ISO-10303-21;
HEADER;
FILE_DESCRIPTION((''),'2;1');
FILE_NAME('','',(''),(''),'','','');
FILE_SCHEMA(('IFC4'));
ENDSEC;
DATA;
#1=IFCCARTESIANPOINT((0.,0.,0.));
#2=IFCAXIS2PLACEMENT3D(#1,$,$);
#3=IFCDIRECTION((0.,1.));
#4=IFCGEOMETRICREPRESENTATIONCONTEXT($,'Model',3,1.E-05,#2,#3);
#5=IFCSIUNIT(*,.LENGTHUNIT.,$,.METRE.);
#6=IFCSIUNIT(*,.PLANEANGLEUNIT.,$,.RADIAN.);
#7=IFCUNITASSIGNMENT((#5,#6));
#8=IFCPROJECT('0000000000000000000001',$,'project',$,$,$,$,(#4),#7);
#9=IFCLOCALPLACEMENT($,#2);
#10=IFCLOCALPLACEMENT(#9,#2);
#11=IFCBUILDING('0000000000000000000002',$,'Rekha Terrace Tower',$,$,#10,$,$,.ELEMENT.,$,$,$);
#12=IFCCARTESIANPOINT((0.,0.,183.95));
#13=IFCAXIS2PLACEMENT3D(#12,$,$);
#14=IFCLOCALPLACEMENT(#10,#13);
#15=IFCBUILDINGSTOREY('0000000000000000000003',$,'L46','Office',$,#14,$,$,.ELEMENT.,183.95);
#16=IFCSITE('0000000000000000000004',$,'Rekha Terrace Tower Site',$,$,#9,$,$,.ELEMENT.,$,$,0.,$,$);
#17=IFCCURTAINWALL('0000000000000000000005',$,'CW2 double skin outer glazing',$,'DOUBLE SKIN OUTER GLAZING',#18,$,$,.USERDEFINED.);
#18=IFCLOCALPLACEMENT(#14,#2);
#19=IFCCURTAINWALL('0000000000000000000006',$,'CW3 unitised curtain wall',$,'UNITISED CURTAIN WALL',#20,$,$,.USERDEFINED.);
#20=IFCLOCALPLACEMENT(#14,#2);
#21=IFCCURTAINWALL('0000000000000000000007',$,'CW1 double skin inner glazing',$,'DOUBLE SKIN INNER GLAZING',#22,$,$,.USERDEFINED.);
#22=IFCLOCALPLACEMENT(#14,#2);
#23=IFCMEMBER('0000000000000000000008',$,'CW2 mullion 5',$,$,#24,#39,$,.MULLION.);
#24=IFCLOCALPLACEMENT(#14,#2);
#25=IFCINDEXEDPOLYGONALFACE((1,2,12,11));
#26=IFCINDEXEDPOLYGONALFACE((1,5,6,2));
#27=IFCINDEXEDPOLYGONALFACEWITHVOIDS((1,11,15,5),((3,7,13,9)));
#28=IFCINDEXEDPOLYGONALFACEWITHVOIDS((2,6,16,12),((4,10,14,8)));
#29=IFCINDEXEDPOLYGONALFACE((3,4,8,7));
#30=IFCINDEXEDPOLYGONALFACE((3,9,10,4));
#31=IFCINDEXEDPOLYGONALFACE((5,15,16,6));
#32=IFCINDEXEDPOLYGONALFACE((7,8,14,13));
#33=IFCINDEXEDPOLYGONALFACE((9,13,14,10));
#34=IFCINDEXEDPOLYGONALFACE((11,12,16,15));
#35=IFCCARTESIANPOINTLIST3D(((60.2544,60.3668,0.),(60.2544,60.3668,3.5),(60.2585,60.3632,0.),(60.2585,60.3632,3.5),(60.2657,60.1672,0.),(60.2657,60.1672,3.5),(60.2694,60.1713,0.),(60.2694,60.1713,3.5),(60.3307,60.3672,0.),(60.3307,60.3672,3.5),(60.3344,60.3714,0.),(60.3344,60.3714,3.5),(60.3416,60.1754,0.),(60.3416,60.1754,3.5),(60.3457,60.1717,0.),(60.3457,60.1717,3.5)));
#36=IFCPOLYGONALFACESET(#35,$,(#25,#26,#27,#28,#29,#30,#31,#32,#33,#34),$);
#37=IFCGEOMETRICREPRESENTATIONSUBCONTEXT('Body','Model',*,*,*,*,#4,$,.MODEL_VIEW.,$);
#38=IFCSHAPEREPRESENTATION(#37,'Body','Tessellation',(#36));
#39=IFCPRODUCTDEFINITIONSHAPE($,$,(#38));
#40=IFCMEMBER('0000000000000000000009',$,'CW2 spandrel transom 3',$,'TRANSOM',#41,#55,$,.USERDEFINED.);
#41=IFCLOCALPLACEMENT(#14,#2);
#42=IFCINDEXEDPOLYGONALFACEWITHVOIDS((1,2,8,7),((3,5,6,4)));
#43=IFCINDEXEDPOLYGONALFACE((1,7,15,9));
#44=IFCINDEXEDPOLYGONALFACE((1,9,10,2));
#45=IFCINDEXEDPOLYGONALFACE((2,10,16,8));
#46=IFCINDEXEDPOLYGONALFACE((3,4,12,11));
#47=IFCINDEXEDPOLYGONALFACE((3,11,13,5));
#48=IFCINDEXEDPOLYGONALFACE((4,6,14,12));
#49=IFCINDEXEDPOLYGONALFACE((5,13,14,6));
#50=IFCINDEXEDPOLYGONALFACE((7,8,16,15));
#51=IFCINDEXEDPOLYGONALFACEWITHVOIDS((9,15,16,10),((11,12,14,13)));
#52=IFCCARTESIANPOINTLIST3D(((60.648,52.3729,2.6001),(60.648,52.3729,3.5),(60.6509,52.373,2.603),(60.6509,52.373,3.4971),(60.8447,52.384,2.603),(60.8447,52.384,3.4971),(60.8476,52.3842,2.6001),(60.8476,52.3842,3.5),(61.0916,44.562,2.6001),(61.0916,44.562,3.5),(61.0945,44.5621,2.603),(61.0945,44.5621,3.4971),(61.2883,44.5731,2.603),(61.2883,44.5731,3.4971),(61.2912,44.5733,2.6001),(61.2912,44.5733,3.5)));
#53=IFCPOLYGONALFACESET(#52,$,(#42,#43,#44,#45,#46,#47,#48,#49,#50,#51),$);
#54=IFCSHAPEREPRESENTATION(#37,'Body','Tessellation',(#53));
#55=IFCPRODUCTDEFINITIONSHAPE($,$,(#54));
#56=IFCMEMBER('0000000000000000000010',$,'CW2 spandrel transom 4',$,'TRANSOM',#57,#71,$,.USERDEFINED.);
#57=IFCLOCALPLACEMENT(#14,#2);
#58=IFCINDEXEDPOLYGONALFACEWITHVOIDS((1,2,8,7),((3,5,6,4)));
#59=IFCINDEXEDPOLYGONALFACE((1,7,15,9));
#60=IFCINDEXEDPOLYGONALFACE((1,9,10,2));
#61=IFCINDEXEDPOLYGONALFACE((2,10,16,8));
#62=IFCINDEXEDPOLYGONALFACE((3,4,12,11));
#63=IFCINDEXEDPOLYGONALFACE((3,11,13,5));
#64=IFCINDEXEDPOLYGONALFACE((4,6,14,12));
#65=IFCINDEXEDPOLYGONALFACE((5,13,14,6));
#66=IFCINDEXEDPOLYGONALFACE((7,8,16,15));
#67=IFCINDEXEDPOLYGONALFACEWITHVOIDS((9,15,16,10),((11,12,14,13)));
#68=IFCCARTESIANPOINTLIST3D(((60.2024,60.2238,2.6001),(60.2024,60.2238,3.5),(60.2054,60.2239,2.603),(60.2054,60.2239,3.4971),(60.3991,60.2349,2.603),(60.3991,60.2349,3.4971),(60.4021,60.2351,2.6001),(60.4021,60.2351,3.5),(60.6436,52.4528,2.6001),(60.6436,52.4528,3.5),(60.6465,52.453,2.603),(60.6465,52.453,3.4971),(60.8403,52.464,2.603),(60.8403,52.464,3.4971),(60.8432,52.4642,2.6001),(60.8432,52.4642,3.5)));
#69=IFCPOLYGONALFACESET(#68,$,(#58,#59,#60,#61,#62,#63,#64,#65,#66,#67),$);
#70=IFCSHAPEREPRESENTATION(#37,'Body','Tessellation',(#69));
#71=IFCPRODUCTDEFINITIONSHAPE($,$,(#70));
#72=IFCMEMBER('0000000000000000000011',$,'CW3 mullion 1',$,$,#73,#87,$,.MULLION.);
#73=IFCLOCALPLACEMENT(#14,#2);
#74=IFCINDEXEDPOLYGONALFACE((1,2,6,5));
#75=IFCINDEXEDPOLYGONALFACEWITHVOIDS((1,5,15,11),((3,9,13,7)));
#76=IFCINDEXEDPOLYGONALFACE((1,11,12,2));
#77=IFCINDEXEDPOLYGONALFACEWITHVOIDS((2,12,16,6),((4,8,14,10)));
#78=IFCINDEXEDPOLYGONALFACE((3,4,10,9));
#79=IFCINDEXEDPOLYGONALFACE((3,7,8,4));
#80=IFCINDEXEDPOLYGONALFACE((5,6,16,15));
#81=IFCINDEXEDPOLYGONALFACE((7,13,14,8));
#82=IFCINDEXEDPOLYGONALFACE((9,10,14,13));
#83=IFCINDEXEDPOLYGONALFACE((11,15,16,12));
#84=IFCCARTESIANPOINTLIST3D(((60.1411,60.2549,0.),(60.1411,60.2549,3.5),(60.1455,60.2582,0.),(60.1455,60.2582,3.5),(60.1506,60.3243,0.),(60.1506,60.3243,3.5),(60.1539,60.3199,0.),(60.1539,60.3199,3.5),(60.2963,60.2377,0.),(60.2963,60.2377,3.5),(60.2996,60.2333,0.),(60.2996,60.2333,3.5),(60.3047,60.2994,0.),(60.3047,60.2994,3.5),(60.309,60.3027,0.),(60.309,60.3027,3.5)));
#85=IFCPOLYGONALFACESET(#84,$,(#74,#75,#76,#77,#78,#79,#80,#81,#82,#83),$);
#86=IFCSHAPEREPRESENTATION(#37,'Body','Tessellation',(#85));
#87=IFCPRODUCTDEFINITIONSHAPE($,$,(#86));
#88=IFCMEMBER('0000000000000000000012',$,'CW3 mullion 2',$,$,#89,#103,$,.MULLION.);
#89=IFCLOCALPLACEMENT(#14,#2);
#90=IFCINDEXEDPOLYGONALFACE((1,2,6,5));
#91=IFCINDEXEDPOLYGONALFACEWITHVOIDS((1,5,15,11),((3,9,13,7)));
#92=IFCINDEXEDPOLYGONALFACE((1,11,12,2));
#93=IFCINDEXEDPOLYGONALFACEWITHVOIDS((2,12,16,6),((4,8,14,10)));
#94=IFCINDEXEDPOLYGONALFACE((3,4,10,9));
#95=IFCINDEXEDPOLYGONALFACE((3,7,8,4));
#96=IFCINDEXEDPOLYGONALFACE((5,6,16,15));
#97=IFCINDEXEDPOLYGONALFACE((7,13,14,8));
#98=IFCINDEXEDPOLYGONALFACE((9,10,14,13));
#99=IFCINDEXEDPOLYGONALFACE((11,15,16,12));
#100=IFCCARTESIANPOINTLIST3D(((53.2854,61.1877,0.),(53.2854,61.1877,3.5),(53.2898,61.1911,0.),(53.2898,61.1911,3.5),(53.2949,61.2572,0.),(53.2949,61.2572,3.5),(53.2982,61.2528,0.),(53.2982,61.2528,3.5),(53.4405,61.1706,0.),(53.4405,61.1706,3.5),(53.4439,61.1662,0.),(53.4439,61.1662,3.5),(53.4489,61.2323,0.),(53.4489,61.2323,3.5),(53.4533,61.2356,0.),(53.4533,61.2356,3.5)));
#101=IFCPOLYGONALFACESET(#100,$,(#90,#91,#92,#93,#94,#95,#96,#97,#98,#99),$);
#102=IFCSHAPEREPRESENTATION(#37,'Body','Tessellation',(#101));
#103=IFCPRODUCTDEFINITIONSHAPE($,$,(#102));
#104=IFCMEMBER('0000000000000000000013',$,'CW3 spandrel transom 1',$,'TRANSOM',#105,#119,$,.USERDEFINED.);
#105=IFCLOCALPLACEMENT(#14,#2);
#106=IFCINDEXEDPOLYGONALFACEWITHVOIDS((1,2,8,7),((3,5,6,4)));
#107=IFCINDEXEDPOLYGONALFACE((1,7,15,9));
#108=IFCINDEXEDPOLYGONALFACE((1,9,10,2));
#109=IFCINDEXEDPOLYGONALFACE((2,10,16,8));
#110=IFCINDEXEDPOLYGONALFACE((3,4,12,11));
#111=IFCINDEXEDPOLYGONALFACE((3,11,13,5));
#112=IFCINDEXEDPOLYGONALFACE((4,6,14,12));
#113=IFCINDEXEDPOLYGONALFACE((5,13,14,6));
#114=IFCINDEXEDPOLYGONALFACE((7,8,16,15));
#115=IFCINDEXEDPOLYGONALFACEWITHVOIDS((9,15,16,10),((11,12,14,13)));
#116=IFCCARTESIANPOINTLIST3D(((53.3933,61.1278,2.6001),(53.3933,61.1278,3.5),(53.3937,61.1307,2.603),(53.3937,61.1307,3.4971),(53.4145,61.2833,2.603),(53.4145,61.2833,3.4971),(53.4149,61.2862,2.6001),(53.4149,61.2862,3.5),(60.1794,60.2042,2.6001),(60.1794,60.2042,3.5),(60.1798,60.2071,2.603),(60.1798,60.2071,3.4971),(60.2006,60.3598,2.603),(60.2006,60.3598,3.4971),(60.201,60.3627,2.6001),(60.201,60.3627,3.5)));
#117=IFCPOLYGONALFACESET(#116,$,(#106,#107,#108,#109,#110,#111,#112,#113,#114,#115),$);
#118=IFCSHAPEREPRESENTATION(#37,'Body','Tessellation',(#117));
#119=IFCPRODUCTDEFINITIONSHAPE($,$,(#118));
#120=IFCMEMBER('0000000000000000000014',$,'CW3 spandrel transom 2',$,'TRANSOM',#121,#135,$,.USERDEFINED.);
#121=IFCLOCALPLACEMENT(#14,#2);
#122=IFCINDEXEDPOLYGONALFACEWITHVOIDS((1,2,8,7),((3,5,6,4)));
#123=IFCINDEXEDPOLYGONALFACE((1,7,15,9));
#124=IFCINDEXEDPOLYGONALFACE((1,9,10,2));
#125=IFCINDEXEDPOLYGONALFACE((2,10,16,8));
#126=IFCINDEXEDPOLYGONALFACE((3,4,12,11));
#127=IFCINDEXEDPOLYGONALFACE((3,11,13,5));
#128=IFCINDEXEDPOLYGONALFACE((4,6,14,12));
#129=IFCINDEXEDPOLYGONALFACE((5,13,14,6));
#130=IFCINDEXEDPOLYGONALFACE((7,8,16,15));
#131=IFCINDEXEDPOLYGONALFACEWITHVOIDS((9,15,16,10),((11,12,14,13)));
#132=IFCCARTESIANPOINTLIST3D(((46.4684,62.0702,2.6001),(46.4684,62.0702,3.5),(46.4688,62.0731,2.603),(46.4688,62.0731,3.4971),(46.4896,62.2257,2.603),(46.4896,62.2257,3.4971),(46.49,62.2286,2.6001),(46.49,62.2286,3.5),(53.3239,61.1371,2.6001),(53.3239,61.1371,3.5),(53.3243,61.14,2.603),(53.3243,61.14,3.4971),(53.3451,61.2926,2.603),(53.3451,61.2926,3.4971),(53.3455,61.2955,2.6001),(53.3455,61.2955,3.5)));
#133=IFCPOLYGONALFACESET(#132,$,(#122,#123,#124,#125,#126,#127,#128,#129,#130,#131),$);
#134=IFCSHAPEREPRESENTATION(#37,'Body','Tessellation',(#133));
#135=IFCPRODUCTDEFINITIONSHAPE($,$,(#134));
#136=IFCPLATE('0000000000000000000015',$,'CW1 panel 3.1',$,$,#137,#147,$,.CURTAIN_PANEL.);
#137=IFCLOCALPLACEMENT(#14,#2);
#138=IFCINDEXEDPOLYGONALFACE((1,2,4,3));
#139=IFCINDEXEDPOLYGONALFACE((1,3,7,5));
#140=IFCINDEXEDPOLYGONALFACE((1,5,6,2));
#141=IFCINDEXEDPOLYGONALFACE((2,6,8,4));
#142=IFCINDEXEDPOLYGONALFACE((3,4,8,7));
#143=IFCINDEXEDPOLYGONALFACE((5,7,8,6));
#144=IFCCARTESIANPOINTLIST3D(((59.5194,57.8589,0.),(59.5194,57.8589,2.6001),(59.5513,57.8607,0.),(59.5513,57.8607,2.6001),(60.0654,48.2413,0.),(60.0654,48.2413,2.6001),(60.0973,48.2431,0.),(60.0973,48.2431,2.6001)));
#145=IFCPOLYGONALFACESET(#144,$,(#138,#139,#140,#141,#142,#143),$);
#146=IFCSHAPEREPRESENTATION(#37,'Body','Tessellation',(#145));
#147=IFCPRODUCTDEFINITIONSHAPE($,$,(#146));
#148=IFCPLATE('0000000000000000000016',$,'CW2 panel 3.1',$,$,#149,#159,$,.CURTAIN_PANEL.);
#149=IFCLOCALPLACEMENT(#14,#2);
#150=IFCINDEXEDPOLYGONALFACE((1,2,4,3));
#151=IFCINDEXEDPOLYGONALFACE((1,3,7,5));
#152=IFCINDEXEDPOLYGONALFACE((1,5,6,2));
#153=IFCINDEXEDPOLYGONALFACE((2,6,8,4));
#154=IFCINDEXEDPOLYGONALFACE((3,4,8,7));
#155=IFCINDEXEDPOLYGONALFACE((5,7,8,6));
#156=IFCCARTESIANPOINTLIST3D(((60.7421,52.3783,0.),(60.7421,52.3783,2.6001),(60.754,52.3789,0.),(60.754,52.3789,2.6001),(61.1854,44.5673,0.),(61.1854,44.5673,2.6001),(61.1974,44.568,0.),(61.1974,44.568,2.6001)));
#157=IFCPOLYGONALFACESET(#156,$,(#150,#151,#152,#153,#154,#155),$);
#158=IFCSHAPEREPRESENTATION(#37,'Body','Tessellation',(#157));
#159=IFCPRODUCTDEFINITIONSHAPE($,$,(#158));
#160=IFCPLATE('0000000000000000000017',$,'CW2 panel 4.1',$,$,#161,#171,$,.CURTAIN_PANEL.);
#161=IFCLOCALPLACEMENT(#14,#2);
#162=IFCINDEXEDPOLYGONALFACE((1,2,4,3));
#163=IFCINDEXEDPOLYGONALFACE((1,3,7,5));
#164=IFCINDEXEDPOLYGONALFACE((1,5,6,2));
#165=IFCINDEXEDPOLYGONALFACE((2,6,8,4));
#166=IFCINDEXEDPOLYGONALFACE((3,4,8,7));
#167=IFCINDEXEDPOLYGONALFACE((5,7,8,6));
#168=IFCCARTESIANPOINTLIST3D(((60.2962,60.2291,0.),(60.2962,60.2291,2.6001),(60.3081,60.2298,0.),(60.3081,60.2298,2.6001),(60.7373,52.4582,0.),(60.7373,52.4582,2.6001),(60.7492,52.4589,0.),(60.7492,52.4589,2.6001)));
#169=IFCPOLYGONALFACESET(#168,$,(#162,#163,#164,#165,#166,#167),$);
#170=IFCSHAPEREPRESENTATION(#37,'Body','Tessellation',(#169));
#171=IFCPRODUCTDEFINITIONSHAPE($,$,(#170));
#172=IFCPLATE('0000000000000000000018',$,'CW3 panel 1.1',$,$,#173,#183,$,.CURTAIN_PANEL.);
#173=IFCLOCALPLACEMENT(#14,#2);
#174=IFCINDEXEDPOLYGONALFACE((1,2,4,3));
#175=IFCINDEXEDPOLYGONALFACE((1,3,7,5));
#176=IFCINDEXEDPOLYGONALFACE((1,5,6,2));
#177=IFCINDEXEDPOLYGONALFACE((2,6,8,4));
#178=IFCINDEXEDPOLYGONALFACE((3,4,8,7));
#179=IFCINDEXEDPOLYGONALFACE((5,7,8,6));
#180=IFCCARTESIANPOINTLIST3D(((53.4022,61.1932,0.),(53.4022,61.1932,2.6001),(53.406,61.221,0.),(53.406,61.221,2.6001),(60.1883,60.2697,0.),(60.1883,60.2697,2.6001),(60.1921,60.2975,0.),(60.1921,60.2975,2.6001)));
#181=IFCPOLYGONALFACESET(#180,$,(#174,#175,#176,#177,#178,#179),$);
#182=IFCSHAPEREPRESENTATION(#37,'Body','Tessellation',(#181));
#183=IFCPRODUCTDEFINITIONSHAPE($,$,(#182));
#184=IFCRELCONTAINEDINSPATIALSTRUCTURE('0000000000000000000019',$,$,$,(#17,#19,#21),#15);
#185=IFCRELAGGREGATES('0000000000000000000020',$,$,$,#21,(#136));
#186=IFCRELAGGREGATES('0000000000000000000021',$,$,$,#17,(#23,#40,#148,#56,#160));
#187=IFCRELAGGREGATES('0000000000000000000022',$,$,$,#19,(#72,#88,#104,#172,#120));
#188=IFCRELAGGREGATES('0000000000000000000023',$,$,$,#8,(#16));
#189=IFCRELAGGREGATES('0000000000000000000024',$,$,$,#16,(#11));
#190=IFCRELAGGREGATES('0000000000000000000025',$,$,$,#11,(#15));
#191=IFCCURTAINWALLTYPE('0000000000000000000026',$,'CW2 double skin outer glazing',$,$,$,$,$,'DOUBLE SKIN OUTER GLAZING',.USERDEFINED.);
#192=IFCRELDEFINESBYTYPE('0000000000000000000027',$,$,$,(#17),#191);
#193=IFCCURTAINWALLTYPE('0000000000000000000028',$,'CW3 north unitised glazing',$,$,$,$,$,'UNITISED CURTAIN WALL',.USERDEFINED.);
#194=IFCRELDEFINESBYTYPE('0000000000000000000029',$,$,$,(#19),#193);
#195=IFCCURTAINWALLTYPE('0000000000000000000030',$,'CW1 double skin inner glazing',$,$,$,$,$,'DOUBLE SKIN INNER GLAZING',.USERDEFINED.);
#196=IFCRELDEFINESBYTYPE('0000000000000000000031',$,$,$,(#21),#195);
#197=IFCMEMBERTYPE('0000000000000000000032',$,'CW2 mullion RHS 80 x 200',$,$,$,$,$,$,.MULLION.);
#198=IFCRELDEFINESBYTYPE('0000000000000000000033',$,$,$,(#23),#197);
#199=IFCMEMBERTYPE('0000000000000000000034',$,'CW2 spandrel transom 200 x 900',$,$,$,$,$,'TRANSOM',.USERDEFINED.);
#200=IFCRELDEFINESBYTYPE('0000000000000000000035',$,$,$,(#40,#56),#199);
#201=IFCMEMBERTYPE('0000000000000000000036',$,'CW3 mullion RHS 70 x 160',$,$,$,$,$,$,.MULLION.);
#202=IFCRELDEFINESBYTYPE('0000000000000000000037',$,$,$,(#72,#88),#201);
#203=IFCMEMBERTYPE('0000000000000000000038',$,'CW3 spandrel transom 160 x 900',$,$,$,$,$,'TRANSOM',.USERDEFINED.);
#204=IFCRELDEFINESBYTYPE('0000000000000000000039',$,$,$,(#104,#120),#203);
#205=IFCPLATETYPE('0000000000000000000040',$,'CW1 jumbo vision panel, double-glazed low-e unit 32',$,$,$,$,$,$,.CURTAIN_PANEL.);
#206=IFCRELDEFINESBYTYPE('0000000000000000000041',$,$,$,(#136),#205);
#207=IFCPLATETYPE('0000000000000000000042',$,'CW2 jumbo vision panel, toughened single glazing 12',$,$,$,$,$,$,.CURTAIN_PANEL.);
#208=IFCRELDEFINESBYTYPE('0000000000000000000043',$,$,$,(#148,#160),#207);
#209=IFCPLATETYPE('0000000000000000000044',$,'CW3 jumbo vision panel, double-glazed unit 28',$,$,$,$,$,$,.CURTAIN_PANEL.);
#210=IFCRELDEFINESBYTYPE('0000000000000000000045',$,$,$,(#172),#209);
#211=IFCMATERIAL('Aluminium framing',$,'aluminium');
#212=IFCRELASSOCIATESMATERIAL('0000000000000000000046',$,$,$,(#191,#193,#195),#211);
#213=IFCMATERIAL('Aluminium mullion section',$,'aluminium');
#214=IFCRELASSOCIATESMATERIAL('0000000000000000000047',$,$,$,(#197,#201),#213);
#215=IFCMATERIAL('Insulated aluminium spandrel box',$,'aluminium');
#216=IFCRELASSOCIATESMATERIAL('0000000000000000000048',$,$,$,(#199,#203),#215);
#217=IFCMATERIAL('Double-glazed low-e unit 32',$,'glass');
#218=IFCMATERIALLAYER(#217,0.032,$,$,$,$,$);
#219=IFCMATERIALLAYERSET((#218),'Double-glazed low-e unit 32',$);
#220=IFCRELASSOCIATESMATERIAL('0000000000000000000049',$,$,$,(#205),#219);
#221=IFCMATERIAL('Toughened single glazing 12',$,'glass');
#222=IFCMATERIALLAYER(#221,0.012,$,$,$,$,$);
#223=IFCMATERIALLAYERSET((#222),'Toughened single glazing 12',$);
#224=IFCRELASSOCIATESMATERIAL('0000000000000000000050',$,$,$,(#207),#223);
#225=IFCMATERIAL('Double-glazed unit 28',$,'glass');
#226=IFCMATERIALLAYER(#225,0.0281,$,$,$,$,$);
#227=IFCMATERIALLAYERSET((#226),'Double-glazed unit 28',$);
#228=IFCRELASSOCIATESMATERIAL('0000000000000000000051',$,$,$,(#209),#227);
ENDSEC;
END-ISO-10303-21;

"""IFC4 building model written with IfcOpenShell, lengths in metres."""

from ifc_helpers import new_model, si_unit, direction, frame, origin, origin_2d, place, context, subcontext, project, spatial, rectangle, hollow_rectangle, extrude, material, layer, layer_set, material_profile, profile_set, type_object, element, aggregate, save


model = new_model("IFC4")

# Units and contexts
model_context = context("Model", 3, precision=1e-05, world=origin(), true_north=direction((0.0, 1.0)))
body_context = subcontext(model_context, "Body", "Model", "MODEL_VIEW")
ifc_project = project(units=[si_unit("LENGTHUNIT", "METRE"), si_unit("PLANEANGLEUNIT", "RADIAN")], contexts=[model_context])

# Site, building, storey
site_placement = place(None, origin())
site = spatial("IfcSite", under=ifc_project, at=site_placement, Name="Rekha Terrace Tower Site", CompositionType="ELEMENT", RefElevation=0.0)
building_placement = place(site_placement, origin())
building = spatial("IfcBuilding", under=site, at=building_placement, Name="Rekha Terrace Tower", CompositionType="ELEMENT")
storey_placement = place(building_placement, frame((0.0, 0.0, 183.95)))
storey = spatial("IfcBuildingStorey", under=building, at=storey_placement, Name="L46", Description="Office", CompositionType="ELEMENT", Elevation=183.95)

# Curtain wall
ifc_material_1 = material(Name="Aluminium framing", Category="aluminium")
curtain_wall_type_1 = type_object("IfcCurtainWallType", Name="CW2 double skin outer glazing", ElementType="DOUBLE SKIN OUTER GLAZING", PredefinedType="USERDEFINED", material=ifc_material_1)
curtain_wall_1_placement = place(storey_placement, origin())
curtain_wall_1 = element("IfcCurtainWall", 1, at=curtain_wall_1_placement, inside=storey, type_object=curtain_wall_type_1, Name="CW2 double skin outer glazing", ObjectType="DOUBLE SKIN OUTER GLAZING", PredefinedType="USERDEFINED")

# Curtain wall
curtain_wall_type_2 = type_object("IfcCurtainWallType", Name="CW3 north unitised glazing", ElementType="UNITISED CURTAIN WALL", PredefinedType="USERDEFINED", material=ifc_material_1)
curtain_wall_2_placement = place(storey_placement, origin())
curtain_wall_2 = element("IfcCurtainWall", 2, at=curtain_wall_2_placement, inside=storey, type_object=curtain_wall_type_2, Name="CW3 unitised curtain wall", ObjectType="UNITISED CURTAIN WALL", PredefinedType="USERDEFINED")

# Curtain wall
curtain_wall_type_3 = type_object("IfcCurtainWallType", Name="CW1 double skin inner glazing", ElementType="DOUBLE SKIN INNER GLAZING", PredefinedType="USERDEFINED", material=ifc_material_1)
curtain_wall_3_placement = place(storey_placement, origin())
curtain_wall_3 = element("IfcCurtainWall", 3, at=curtain_wall_3_placement, inside=storey, type_object=curtain_wall_type_3, Name="CW1 double skin inner glazing", ObjectType="DOUBLE SKIN INNER GLAZING", PredefinedType="USERDEFINED")
ifc_material_2 = material(Name="Aluminium mullion section", Category="aluminium")
ifc_material_3 = material(Name="Insulated aluminium spandrel box", Category="aluminium")

# Members
ifc_material_profile_1 = material_profile(ifc_material_2, hollow_rectangle(XDim=0.0801, YDim=0.2, WallThickness=0.0039, at=origin_2d()), Name="AL RHS 80x200")
ifc_profile_set_1 = profile_set([ifc_material_profile_1], Name="Aluminium mullion section")
member_type_1 = type_object("IfcMemberType", Name="CW2 mullion RHS 80 x 200", PredefinedType="MULLION", material=ifc_profile_set_1)
member_1_placement = place(storey_placement, frame((60.3, 60.2693, 0.0), z_axis=(0.0, 0.0, 1.0), x_axis=(-0.998393, -0.056673, 0.0)))
member_1 = element("IfcMember", 4, at=member_1_placement, type_object=member_type_1, Name="CW2 mullion 5", PredefinedType="MULLION", context=body_context, shape_type="SweptSolid", body=[
    extrude(hollow_rectangle(XDim=0.0801, YDim=0.2, WallThickness=0.0039, at=origin_2d()), origin(), (0.0, 0.0, 1.0), 3.5),
])
ifc_material_profile_2 = material_profile(ifc_material_3, hollow_rectangle(XDim=0.2, YDim=0.8999, WallThickness=0.0029, at=origin_2d()), Name="AL SPANDREL BOX 200x900")
ifc_profile_set_2 = profile_set([ifc_material_profile_2], Name="Insulated aluminium spandrel box")
member_type_2 = type_object("IfcMemberType", Name="CW2 spandrel transom 200 x 900", ElementType="TRANSOM", PredefinedType="USERDEFINED", material=ifc_profile_set_2)
member_2_placement = place(storey_placement, frame((61.1914, 44.5676, 3.05), z_axis=(-0.056702, 0.998391, 0.0), x_axis=(-0.998391, -0.056702, 0.0)))
member_2 = element("IfcMember", 5, at=member_2_placement, type_object=member_type_2, Name="CW2 spandrel transom 3", ObjectType="TRANSOM", PredefinedType="USERDEFINED", context=body_context, shape_type="SweptSolid", body=[
    extrude(hollow_rectangle(XDim=0.2, YDim=0.8999, WallThickness=0.0029, at=origin_2d()), origin(), (0.0, 0.0, 1.0), 7.8235),
])
member_3_placement = place(storey_placement, frame((60.7434, 52.4585, 3.05), z_axis=(-0.056679, 0.998392, 0.0), x_axis=(-0.998392, -0.056679, 0.0)))
member_3 = element("IfcMember", 6, at=member_3_placement, type_object=member_type_2, Name="CW2 spandrel transom 4", ObjectType="TRANSOM", PredefinedType="USERDEFINED", context=body_context, shape_type="SweptSolid", body=[
    extrude(hollow_rectangle(XDim=0.2, YDim=0.8999, WallThickness=0.0029, at=origin_2d()), origin(), (0.0, 0.0, 1.0), 7.7834),
])
ifc_material_profile_3 = material_profile(ifc_material_2, hollow_rectangle(XDim=0.0701, YDim=0.1599, WallThickness=0.0039, at=origin_2d()), Name="AL RHS 70x160")
ifc_profile_set_3 = profile_set([ifc_material_profile_3], Name="Aluminium mullion section")
member_type_3 = type_object("IfcMemberType", Name="CW3 mullion RHS 70 x 160", PredefinedType="MULLION", material=ifc_profile_set_3)
member_4_placement = place(storey_placement, frame((60.2251, 60.2788, 0.0), z_axis=(0.0, 0.0, 1.0), x_axis=(-0.134841, -0.990867, 0.0)))
member_4 = element("IfcMember", 7, at=member_4_placement, type_object=member_type_3, Name="CW3 mullion 1", PredefinedType="MULLION", context=body_context, shape_type="SweptSolid", body=[
    extrude(hollow_rectangle(XDim=0.0701, YDim=0.1599, WallThickness=0.0039, at=origin_2d()), origin(), (0.0, 0.0, 1.0), 3.5),
])
member_5_placement = place(storey_placement, frame((53.3694, 61.2117, 0.0), z_axis=(0.0, 0.0, 1.0), x_axis=(-0.134841, -0.990867, 0.0)))
member_5 = element("IfcMember", 8, at=member_5_placement, type_object=member_type_3, Name="CW3 mullion 2", PredefinedType="MULLION", context=body_context, shape_type="SweptSolid", body=[
    extrude(hollow_rectangle(XDim=0.0701, YDim=0.1599, WallThickness=0.0039, at=origin_2d()), origin(), (0.0, 0.0, 1.0), 3.5),
])
ifc_material_profile_4 = material_profile(ifc_material_3, hollow_rectangle(XDim=0.1599, YDim=0.8999, WallThickness=0.0029, at=origin_2d()), Name="AL SPANDREL BOX 160x900")
ifc_profile_set_4 = profile_set([ifc_material_profile_4], Name="Insulated aluminium spandrel box")
member_type_4 = type_object("IfcMemberType", Name="CW3 spandrel transom 160 x 900", ElementType="TRANSOM", PredefinedType="USERDEFINED", material=ifc_profile_set_4)
member_6_placement = place(storey_placement, frame((60.1902, 60.2834, 3.05), z_axis=(-0.990865, 0.134855, 0.0), x_axis=(-0.134855, -0.990865, 0.0)))
member_6 = element("IfcMember", 9, at=member_6_placement, type_object=member_type_4, Name="CW3 spandrel transom 1", ObjectType="TRANSOM", PredefinedType="USERDEFINED", context=body_context, shape_type="SweptSolid", body=[
    extrude(hollow_rectangle(XDim=0.1599, YDim=0.8999, WallThickness=0.0029, at=origin_2d()), origin(), (0.0, 0.0, 1.0), 6.8486),
])
member_7_placement = place(storey_placement, frame((53.3347, 61.2163, 3.05), z_axis=(-0.990864, 0.134868, 0.0), x_axis=(-0.134868, -0.990864, 0.0)))
member_7 = element("IfcMember", 10, at=member_7_placement, type_object=member_type_4, Name="CW3 spandrel transom 2", ObjectType="TRANSOM", PredefinedType="USERDEFINED", context=body_context, shape_type="SweptSolid", body=[
    extrude(hollow_rectangle(XDim=0.1599, YDim=0.8999, WallThickness=0.0029, at=origin_2d()), origin(), (0.0, 0.0, 1.0), 6.9187),
])

# Plates
ifc_material_4 = material(Name="Double-glazed low-e unit 32", Category="glass")
ifc_layer_1 = layer(ifc_material_4, 0.032)
ifc_layer_set_1 = layer_set([ifc_layer_1], Name="Double-glazed low-e unit 32")
plate_type_1 = type_object("IfcPlateType", Name="CW1 jumbo vision panel, double-glazed low-e unit 32", PredefinedType="CURTAIN_PANEL", material=ifc_layer_set_1)
plate_1_placement = place(storey_placement, frame((59.8083, 53.051, 0.0), z_axis=(0.0, 0.0, 1.0), x_axis=(-0.056673, 0.998393, 0.0)))
plate_1 = element("IfcPlate", 11, at=plate_1_placement, type_object=plate_type_1, Name="CW1 panel 3.1", PredefinedType="CURTAIN_PANEL", context=body_context, shape_type="SweptSolid", body=[
    extrude(rectangle(XDim=9.6331, YDim=0.032, at=origin_2d()), origin(), (0.0, 0.0, 1.0), 2.6001),
])
aggregate(curtain_wall_3, [plate_1])
ifc_material_5 = material(Name="Toughened single glazing 12", Category="glass")
ifc_layer_2 = layer(ifc_material_5, 0.012)
ifc_layer_set_2 = layer_set([ifc_layer_2], Name="Toughened single glazing 12")
plate_type_2 = type_object("IfcPlateType", Name="CW2 jumbo vision panel, toughened single glazing 12", PredefinedType="CURTAIN_PANEL", material=ifc_layer_set_2)
plate_2_placement = place(storey_placement, frame((60.9697, 48.4731, 0.0), z_axis=(0.0, 0.0, 1.0), x_axis=(-0.056673, 0.998393, 0.0)))
plate_2 = element("IfcPlate", 12, at=plate_2_placement, type_object=plate_type_2, Name="CW2 panel 3.1", PredefinedType="CURTAIN_PANEL", context=body_context, shape_type="SweptSolid", body=[
    extrude(rectangle(XDim=7.8235, YDim=0.012, at=origin_2d()), origin(), (0.0, 0.0, 1.0), 2.6001),
])
plate_3_placement = place(storey_placement, frame((60.5227, 56.344, 0.0), z_axis=(0.0, 0.0, 1.0), x_axis=(-0.056673, 0.998393, 0.0)))
plate_3 = element("IfcPlate", 13, at=plate_3_placement, type_object=plate_type_2, Name="CW2 panel 4.1", PredefinedType="CURTAIN_PANEL", context=body_context, shape_type="SweptSolid", body=[
    extrude(rectangle(XDim=7.7834, YDim=0.012, at=origin_2d()), origin(), (0.0, 0.0, 1.0), 2.6001),
])
aggregate(curtain_wall_1, [member_1, member_2, plate_2, member_3, plate_3])
ifc_material_6 = material(Name="Double-glazed unit 28", Category="glass")
ifc_layer_3 = layer(ifc_material_6, 0.0281)
ifc_layer_set_3 = layer_set([ifc_layer_3], Name="Double-glazed unit 28")
plate_type_3 = type_object("IfcPlateType", Name="CW3 jumbo vision panel, double-glazed unit 28", PredefinedType="CURTAIN_PANEL", material=ifc_layer_set_3)
plate_4_placement = place(storey_placement, frame((56.7971, 60.7454, 0.0), z_axis=(0.0, 0.0, 1.0), x_axis=(-0.990867, 0.134841, 0.0)))
plate_4 = element("IfcPlate", 14, at=plate_4_placement, type_object=plate_type_3, Name="CW3 panel 1.1", PredefinedType="CURTAIN_PANEL", context=body_context, shape_type="SweptSolid", body=[
    extrude(rectangle(XDim=6.8486, YDim=0.0281, at=origin_2d()), origin(), (0.0, 0.0, 1.0), 2.6001),
])
aggregate(curtain_wall_2, [member_4, member_5, member_6, plate_4, member_7])

save(model, "model.ifc")
